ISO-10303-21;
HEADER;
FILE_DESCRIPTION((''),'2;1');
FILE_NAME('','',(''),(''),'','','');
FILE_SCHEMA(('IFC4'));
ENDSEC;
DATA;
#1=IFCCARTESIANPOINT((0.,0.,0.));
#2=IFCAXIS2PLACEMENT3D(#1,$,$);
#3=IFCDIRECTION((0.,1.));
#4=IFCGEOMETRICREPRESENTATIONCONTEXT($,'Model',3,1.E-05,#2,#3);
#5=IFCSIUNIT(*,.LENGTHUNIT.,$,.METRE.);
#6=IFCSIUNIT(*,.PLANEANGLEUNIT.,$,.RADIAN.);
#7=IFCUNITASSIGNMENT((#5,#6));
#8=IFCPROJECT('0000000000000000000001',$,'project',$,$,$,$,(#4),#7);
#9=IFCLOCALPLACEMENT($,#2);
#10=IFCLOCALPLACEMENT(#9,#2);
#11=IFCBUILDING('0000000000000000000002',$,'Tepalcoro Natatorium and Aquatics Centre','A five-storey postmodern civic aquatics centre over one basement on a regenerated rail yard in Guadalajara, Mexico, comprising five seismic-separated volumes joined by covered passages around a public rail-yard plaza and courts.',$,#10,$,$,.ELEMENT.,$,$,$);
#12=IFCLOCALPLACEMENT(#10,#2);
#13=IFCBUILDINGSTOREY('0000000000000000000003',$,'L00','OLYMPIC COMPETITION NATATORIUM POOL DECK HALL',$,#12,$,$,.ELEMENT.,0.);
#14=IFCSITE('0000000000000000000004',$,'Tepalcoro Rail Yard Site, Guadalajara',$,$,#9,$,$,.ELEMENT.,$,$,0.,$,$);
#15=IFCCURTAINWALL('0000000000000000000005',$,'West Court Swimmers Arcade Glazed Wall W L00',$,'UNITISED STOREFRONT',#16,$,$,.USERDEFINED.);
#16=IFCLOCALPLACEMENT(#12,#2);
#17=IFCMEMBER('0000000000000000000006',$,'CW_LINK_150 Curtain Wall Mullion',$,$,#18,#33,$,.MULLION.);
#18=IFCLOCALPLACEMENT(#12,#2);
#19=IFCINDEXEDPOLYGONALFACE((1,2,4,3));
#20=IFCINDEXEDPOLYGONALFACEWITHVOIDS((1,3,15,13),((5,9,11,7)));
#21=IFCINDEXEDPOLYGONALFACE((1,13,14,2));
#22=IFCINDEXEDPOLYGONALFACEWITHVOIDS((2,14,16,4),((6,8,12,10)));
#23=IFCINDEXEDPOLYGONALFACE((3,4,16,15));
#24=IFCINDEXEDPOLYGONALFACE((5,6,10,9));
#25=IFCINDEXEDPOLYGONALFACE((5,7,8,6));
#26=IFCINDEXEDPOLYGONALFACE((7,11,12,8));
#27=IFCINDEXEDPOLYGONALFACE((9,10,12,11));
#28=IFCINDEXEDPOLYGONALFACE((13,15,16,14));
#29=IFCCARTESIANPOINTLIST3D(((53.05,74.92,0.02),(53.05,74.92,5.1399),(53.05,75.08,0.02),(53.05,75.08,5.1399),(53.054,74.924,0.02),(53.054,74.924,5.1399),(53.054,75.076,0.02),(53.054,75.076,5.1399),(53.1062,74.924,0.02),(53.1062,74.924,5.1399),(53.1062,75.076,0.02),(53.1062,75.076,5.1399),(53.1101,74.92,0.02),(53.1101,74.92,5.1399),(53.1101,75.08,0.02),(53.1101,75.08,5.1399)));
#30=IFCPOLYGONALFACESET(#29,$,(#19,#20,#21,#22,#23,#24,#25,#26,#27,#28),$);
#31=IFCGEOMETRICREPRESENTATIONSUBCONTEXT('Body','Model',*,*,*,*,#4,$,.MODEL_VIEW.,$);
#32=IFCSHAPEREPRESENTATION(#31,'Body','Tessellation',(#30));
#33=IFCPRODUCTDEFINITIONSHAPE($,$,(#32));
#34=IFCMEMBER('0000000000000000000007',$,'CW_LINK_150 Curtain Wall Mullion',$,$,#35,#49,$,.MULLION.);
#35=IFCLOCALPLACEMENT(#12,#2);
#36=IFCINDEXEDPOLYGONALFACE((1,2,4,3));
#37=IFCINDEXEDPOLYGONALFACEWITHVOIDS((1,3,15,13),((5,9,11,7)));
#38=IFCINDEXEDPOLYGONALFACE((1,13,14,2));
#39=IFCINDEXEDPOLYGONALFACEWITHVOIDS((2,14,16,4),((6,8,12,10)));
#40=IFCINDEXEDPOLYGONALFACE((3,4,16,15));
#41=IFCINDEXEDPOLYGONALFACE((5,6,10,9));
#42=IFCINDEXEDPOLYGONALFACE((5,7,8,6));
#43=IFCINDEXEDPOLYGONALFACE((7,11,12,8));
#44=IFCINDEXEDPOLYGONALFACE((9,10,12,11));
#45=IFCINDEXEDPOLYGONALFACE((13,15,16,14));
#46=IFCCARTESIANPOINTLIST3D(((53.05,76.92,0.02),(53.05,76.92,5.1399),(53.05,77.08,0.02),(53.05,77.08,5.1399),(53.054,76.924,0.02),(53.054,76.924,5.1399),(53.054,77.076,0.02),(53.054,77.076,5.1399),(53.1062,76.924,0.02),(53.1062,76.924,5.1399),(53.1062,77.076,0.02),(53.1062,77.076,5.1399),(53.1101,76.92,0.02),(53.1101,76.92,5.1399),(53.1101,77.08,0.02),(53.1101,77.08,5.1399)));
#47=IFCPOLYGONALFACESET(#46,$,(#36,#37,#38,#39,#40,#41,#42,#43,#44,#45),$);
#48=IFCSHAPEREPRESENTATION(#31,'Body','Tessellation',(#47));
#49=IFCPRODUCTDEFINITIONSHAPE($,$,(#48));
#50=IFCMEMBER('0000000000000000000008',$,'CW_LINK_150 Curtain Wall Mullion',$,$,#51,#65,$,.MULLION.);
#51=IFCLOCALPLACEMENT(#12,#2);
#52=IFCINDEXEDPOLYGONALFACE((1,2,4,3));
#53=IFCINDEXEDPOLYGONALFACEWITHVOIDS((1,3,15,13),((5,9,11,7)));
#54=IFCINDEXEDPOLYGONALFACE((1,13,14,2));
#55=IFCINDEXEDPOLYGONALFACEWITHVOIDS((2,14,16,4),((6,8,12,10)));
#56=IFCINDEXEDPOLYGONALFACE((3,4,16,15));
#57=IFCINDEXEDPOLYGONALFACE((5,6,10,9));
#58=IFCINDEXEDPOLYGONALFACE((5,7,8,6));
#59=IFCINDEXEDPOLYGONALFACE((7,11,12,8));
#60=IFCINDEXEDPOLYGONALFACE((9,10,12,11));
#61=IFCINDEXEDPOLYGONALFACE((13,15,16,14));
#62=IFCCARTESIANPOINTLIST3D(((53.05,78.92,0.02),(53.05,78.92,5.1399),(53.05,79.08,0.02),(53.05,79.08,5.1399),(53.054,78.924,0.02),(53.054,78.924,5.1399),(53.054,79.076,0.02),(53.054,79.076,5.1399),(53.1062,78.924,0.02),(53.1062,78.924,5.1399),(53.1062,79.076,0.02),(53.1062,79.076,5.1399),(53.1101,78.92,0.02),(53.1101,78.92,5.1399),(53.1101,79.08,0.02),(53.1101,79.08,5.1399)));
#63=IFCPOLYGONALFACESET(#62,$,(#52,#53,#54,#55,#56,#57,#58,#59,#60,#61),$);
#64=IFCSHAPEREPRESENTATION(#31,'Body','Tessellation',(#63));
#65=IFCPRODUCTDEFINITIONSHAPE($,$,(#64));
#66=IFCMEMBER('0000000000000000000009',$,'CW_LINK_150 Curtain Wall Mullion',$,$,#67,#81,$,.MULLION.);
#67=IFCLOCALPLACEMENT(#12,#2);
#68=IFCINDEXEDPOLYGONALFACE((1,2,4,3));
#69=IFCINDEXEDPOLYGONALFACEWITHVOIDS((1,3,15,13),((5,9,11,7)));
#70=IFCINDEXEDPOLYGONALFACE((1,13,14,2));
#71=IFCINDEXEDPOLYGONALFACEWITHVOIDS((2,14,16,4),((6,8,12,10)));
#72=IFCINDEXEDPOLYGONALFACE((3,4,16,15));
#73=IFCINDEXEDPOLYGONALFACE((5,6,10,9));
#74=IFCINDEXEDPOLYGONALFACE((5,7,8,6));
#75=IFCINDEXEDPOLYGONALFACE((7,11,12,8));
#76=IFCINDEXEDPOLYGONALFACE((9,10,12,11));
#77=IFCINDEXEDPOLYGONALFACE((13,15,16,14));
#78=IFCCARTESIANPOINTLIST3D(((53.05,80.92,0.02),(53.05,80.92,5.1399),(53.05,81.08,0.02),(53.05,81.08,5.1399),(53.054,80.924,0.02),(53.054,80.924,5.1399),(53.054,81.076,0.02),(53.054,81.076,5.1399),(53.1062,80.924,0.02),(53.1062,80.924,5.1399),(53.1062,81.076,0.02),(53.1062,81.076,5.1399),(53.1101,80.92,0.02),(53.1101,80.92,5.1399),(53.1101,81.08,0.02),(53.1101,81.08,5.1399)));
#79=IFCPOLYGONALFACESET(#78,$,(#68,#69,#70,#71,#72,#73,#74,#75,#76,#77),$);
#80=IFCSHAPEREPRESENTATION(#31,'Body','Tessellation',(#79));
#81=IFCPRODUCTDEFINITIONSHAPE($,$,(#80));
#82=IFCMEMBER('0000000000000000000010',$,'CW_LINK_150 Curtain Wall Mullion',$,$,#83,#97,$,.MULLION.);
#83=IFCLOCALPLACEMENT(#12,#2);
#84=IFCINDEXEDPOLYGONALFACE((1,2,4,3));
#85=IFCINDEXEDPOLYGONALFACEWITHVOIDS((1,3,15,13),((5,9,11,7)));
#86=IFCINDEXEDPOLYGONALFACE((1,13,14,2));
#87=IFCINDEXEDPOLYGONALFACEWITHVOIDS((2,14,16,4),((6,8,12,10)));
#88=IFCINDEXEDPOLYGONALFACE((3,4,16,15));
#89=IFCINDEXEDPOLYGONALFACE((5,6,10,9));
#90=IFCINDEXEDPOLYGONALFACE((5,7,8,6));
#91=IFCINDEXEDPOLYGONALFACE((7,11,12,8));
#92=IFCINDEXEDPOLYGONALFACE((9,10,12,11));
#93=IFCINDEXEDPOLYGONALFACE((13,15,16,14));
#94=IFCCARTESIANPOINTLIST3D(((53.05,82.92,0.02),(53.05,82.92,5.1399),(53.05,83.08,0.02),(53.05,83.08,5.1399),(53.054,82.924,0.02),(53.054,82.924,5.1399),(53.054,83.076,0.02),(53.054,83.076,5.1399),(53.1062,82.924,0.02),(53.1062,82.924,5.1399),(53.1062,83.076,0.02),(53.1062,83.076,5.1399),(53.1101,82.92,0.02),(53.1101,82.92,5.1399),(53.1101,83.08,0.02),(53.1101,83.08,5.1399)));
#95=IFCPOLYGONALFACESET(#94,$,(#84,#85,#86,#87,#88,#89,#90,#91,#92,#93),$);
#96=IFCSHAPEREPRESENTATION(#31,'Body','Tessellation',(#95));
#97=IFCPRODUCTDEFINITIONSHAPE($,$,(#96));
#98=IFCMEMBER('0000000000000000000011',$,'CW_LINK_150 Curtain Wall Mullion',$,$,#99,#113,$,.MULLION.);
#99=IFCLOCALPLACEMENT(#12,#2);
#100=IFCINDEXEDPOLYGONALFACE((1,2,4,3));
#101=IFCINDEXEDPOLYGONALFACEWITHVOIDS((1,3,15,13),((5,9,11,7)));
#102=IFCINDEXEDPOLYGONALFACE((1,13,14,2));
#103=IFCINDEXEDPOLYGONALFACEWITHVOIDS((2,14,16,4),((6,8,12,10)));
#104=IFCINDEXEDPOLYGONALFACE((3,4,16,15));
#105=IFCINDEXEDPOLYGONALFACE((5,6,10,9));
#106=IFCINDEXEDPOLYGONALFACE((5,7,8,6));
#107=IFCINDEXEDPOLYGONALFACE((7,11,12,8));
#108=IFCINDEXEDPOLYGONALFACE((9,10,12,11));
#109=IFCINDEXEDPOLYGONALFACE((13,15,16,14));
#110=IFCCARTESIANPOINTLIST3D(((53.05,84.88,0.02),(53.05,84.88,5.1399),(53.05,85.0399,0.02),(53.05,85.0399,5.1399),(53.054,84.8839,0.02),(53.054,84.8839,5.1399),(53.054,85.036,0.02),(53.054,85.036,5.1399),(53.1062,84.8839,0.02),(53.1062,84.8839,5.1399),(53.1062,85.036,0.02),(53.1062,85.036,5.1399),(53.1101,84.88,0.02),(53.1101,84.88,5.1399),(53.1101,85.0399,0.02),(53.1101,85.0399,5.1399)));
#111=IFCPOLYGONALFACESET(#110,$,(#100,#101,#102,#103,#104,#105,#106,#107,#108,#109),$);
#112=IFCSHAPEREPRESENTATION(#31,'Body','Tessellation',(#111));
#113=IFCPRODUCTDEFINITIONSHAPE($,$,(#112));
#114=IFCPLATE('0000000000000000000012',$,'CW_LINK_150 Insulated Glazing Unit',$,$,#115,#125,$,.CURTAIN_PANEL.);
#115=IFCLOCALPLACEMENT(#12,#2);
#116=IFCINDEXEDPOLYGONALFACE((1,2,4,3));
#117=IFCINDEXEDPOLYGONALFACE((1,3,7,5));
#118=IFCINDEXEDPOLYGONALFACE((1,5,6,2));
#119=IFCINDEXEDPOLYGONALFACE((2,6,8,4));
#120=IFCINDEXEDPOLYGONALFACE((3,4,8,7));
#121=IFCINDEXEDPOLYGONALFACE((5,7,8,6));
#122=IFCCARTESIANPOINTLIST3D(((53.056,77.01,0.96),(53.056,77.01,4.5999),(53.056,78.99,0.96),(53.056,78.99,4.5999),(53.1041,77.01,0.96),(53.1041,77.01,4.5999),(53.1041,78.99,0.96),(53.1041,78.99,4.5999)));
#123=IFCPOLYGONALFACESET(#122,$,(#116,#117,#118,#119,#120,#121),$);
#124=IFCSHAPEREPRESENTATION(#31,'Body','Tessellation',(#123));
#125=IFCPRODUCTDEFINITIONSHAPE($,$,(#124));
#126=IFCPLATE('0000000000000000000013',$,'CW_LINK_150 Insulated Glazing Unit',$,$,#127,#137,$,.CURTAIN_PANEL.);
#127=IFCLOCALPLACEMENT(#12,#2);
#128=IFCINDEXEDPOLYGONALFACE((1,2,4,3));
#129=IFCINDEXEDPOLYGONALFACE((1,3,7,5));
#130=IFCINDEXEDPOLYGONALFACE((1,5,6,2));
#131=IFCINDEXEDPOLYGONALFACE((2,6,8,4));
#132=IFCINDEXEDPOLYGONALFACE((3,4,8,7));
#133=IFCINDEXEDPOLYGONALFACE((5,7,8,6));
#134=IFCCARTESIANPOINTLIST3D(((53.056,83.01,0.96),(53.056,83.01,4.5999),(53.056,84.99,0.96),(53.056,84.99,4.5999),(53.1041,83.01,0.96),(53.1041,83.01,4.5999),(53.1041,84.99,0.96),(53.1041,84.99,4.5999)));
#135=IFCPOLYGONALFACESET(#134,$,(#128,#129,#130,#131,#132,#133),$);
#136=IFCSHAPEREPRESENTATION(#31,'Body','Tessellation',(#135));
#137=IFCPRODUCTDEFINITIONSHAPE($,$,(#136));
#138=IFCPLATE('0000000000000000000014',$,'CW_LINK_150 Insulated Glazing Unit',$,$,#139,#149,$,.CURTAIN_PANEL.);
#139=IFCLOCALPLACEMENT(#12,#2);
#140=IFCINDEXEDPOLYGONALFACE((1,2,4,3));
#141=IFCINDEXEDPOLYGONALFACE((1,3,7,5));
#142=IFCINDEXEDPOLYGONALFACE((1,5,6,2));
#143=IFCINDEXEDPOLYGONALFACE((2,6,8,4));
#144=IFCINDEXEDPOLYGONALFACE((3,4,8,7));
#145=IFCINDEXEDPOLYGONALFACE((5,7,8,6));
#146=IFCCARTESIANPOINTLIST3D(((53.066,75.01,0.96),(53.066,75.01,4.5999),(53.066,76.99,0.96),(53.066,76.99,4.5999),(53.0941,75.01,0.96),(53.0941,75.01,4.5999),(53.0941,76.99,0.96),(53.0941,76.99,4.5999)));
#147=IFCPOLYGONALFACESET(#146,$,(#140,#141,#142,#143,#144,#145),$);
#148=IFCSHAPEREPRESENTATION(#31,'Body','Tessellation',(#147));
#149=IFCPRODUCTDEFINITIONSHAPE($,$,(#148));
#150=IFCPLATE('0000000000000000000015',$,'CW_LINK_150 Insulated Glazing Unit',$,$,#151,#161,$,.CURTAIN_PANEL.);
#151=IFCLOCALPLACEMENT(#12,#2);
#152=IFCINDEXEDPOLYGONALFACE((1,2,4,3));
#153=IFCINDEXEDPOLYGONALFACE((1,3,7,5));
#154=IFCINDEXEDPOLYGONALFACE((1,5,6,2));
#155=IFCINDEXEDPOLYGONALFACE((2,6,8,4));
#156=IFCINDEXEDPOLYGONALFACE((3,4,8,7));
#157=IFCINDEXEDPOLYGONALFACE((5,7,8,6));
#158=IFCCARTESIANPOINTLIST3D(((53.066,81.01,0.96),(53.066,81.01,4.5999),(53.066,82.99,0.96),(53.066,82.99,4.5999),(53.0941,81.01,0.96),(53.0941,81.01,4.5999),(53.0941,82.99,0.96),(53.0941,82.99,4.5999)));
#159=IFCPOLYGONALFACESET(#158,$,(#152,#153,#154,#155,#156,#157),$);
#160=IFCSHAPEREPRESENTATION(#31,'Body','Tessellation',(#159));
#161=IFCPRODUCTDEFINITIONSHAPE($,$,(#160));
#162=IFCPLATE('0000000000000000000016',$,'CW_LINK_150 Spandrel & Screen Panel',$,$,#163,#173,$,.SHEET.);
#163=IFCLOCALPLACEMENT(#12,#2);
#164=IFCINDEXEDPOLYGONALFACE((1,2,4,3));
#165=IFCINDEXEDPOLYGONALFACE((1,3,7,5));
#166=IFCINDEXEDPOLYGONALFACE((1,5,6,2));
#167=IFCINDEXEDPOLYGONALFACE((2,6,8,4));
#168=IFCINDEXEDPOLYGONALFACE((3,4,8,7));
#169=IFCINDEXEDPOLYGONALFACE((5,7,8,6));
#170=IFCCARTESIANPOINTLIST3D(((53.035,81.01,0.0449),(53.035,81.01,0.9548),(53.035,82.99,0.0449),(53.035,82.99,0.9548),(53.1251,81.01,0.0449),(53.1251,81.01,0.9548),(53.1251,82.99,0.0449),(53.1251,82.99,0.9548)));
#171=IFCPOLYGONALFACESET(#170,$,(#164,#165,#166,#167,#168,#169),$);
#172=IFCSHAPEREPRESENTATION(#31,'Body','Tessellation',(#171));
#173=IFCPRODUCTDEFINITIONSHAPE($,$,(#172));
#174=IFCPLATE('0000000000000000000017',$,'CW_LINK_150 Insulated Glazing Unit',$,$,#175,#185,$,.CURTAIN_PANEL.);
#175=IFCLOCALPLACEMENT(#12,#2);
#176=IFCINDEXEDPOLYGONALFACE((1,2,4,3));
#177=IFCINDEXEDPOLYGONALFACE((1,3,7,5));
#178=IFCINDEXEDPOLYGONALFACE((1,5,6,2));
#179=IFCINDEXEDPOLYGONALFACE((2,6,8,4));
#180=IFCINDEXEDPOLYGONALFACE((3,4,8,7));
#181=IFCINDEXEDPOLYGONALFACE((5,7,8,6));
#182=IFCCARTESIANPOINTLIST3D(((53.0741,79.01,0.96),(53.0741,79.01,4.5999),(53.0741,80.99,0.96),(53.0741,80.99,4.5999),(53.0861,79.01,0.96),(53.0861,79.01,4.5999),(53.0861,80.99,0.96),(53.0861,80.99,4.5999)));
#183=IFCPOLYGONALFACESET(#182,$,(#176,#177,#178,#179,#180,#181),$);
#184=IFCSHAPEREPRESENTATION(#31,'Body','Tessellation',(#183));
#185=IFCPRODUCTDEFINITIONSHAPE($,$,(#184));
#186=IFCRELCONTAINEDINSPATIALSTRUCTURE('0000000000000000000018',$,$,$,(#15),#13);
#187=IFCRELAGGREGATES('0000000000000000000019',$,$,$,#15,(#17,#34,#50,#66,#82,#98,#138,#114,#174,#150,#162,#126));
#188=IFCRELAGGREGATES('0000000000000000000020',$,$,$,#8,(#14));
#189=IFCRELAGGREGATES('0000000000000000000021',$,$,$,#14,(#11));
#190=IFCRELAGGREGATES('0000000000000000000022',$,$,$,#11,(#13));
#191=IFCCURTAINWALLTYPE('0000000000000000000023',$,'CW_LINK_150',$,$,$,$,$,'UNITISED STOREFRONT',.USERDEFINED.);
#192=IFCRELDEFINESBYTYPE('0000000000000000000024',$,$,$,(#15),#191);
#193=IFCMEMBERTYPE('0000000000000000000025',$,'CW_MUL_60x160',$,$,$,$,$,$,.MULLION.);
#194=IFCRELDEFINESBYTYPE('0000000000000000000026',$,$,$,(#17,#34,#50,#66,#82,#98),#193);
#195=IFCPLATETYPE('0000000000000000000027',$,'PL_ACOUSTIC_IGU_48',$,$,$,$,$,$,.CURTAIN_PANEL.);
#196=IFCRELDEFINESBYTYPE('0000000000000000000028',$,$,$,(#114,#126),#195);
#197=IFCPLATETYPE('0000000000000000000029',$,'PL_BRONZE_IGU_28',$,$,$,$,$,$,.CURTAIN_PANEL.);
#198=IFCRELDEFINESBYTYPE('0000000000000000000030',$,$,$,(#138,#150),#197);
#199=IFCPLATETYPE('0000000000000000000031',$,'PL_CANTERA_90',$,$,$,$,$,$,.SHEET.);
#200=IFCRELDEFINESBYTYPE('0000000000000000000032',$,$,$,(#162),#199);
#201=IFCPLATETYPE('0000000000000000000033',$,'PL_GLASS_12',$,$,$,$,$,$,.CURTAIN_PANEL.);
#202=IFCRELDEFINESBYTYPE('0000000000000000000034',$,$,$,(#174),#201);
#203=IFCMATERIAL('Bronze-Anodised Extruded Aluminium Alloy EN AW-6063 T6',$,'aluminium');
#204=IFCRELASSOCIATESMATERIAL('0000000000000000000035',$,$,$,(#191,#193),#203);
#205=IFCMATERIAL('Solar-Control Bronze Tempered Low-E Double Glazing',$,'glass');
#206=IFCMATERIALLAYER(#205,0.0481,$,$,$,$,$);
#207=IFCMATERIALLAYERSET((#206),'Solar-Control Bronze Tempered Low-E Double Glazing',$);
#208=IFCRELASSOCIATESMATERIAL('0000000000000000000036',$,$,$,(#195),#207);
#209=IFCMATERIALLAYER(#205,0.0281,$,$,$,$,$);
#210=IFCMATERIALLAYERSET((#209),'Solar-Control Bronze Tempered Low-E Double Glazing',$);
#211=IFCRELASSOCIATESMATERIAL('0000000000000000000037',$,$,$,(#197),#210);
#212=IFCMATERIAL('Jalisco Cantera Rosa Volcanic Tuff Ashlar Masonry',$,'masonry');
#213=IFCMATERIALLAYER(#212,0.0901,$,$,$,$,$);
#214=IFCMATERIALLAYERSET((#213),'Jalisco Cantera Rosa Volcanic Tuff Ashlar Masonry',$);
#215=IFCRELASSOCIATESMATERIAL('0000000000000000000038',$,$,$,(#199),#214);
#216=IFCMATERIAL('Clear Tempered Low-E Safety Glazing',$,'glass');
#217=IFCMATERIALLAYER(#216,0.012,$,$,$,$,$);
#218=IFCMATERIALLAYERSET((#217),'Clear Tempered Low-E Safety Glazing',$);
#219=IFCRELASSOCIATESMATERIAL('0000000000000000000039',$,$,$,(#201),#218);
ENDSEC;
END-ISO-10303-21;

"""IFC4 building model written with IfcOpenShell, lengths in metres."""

from ifc_helpers import new_model, si_unit, direction, frame, origin, origin_2d, place, context, subcontext, project, spatial, rectangle, hollow_rectangle, extrude, material, layer, layer_set, material_profile, profile_set, type_object, element, aggregate, save


model = new_model("IFC4")

# Units and contexts
model_context = context("Model", 3, precision=1e-05, world=origin(), true_north=direction((0.0, 1.0)))
body_context = subcontext(model_context, "Body", "Model", "MODEL_VIEW")
ifc_project = project(units=[si_unit("LENGTHUNIT", "METRE"), si_unit("PLANEANGLEUNIT", "RADIAN")], contexts=[model_context])

# Site, building, storey
site_placement = place(None, origin())
site = spatial("IfcSite", under=ifc_project, at=site_placement, Name="Tepalcoro Rail Yard Site, Guadalajara", CompositionType="ELEMENT", RefElevation=0.0)
building_placement = place(site_placement, origin())
building = spatial("IfcBuilding", under=site, at=building_placement, Name="Tepalcoro Natatorium and Aquatics Centre", Description="A five-storey postmodern civic aquatics centre over one basement on a regenerated rail yard in Guadalajara, Mexico, comprising five seismic-separated volumes joined by covered passages around a public rail-yard plaza and courts.", CompositionType="ELEMENT")
storey_placement = place(building_placement, origin())
storey = spatial("IfcBuildingStorey", under=building, at=storey_placement, Name="L00", Description="OLYMPIC COMPETITION NATATORIUM POOL DECK HALL", CompositionType="ELEMENT", Elevation=0.0)

# Curtain wall, members, plates
ifc_material_1 = material(Name="Bronze-Anodised Extruded Aluminium Alloy EN AW-6063 T6", Category="aluminium")
curtain_wall_type = type_object("IfcCurtainWallType", Name="CW_LINK_150", ElementType="UNITISED STOREFRONT", PredefinedType="USERDEFINED", material=ifc_material_1)
curtain_wall_placement = place(storey_placement, origin())
curtain_wall = element("IfcCurtainWall", 1, at=curtain_wall_placement, inside=storey, type_object=curtain_wall_type, Name="West Court Swimmers Arcade Glazed Wall W L00", ObjectType="UNITISED STOREFRONT", PredefinedType="USERDEFINED")
ifc_material_profile_1 = material_profile(ifc_material_1, hollow_rectangle(XDim=0.0601, YDim=0.1599, WallThickness=0.0039, at=origin_2d()), Name="AL60X160X4")
ifc_profile_set_1 = profile_set([ifc_material_profile_1], Name="Bronze-Anodised Extruded Aluminium Alloy EN AW-6063 T6")
member_type = type_object("IfcMemberType", Name="CW_MUL_60x160", PredefinedType="MULLION", material=ifc_profile_set_1)
member_1_placement = place(storey_placement, frame((53.0801, 75.0, 0.02), z_axis=(0.0, 0.0, 1.0), x_axis=(1.0, 0.0, 0.0)))
member_1 = element("IfcMember", 2, at=member_1_placement, type_object=member_type, Name="CW_LINK_150 Curtain Wall Mullion", PredefinedType="MULLION", context=body_context, shape_type="SweptSolid", body=[
    extrude(hollow_rectangle(XDim=0.0601, YDim=0.1599, WallThickness=0.0039, at=origin_2d()), origin(), (0.0, 0.0, 1.0), 5.1199),
])
member_2_placement = place(storey_placement, frame((53.0801, 77.0, 0.02), z_axis=(0.0, 0.0, 1.0), x_axis=(1.0, 0.0, 0.0)))
member_2 = element("IfcMember", 3, at=member_2_placement, type_object=member_type, Name="CW_LINK_150 Curtain Wall Mullion", PredefinedType="MULLION", context=body_context, shape_type="SweptSolid", body=[
    extrude(hollow_rectangle(XDim=0.0601, YDim=0.1599, WallThickness=0.0039, at=origin_2d()), origin(), (0.0, 0.0, 1.0), 5.1199),
])
member_3_placement = place(storey_placement, frame((53.0801, 79.0, 0.02), z_axis=(0.0, 0.0, 1.0), x_axis=(1.0, 0.0, 0.0)))
member_3 = element("IfcMember", 4, at=member_3_placement, type_object=member_type, Name="CW_LINK_150 Curtain Wall Mullion", PredefinedType="MULLION", context=body_context, shape_type="SweptSolid", body=[
    extrude(hollow_rectangle(XDim=0.0601, YDim=0.1599, WallThickness=0.0039, at=origin_2d()), origin(), (0.0, 0.0, 1.0), 5.1199),
])
member_4_placement = place(storey_placement, frame((53.0801, 81.0, 0.02), z_axis=(0.0, 0.0, 1.0), x_axis=(1.0, 0.0, 0.0)))
member_4 = element("IfcMember", 5, at=member_4_placement, type_object=member_type, Name="CW_LINK_150 Curtain Wall Mullion", PredefinedType="MULLION", context=body_context, shape_type="SweptSolid", body=[
    extrude(hollow_rectangle(XDim=0.0601, YDim=0.1599, WallThickness=0.0039, at=origin_2d()), origin(), (0.0, 0.0, 1.0), 5.1199),
])
member_5_placement = place(storey_placement, frame((53.0801, 83.0, 0.02), z_axis=(0.0, 0.0, 1.0), x_axis=(1.0, 0.0, 0.0)))
member_5 = element("IfcMember", 6, at=member_5_placement, type_object=member_type, Name="CW_LINK_150 Curtain Wall Mullion", PredefinedType="MULLION", context=body_context, shape_type="SweptSolid", body=[
    extrude(hollow_rectangle(XDim=0.0601, YDim=0.1599, WallThickness=0.0039, at=origin_2d()), origin(), (0.0, 0.0, 1.0), 5.1199),
])
member_6_placement = place(storey_placement, frame((53.0801, 84.96, 0.02), z_axis=(0.0, 0.0, 1.0), x_axis=(1.0, 0.0, 0.0)))
member_6 = element("IfcMember", 7, at=member_6_placement, type_object=member_type, Name="CW_LINK_150 Curtain Wall Mullion", PredefinedType="MULLION", context=body_context, shape_type="SweptSolid", body=[
    extrude(hollow_rectangle(XDim=0.0601, YDim=0.1599, WallThickness=0.0039, at=origin_2d()), origin(), (0.0, 0.0, 1.0), 5.1199),
])
ifc_material_2 = material(Name="Solar-Control Bronze Tempered Low-E Double Glazing", Category="glass")
ifc_layer_1 = layer(ifc_material_2, 0.0481)
ifc_layer_set_1 = layer_set([ifc_layer_1], Name="Solar-Control Bronze Tempered Low-E Double Glazing")
plate_type_1 = type_object("IfcPlateType", Name="PL_ACOUSTIC_IGU_48", PredefinedType="CURTAIN_PANEL", material=ifc_layer_set_1)
plate_1_placement = place(storey_placement, frame((53.0801, 78.0, 0.96), z_axis=(0.0, 0.0, 1.0), x_axis=(1.0, 0.0, 0.0)))
plate_1 = element("IfcPlate", 8, at=plate_1_placement, type_object=plate_type_1, Name="CW_LINK_150 Insulated Glazing Unit", PredefinedType="CURTAIN_PANEL", context=body_context, shape_type="SweptSolid", body=[
    extrude(rectangle(XDim=0.0481, YDim=1.98, at=origin_2d()), origin(), (0.0, 0.0, 1.0), 3.6399),
])
plate_2_placement = place(storey_placement, frame((53.0801, 84.0, 0.96), z_axis=(0.0, 0.0, 1.0), x_axis=(1.0, 0.0, 0.0)))
plate_2 = element("IfcPlate", 9, at=plate_2_placement, type_object=plate_type_1, Name="CW_LINK_150 Insulated Glazing Unit", PredefinedType="CURTAIN_PANEL", context=body_context, shape_type="SweptSolid", body=[
    extrude(rectangle(XDim=0.0481, YDim=1.98, at=origin_2d()), origin(), (0.0, 0.0, 1.0), 3.6399),
])
ifc_layer_2 = layer(ifc_material_2, 0.0281)
ifc_layer_set_2 = layer_set([ifc_layer_2], Name="Solar-Control Bronze Tempered Low-E Double Glazing")
plate_type_2 = type_object("IfcPlateType", Name="PL_BRONZE_IGU_28", PredefinedType="CURTAIN_PANEL", material=ifc_layer_set_2)
plate_3_placement = place(storey_placement, frame((53.0801, 76.0, 0.96), z_axis=(0.0, 0.0, 1.0), x_axis=(1.0, 0.0, 0.0)))
plate_3 = element("IfcPlate", 10, at=plate_3_placement, type_object=plate_type_2, Name="CW_LINK_150 Insulated Glazing Unit", PredefinedType="CURTAIN_PANEL", context=body_context, shape_type="SweptSolid", body=[
    extrude(rectangle(XDim=0.0281, YDim=1.98, at=origin_2d()), origin(), (0.0, 0.0, 1.0), 3.6399),
])
plate_4_placement = place(storey_placement, frame((53.0801, 82.0, 0.96), z_axis=(0.0, 0.0, 1.0), x_axis=(1.0, 0.0, 0.0)))
plate_4 = element("IfcPlate", 11, at=plate_4_placement, type_object=plate_type_2, Name="CW_LINK_150 Insulated Glazing Unit", PredefinedType="CURTAIN_PANEL", context=body_context, shape_type="SweptSolid", body=[
    extrude(rectangle(XDim=0.0281, YDim=1.98, at=origin_2d()), origin(), (0.0, 0.0, 1.0), 3.6399),
])
ifc_material_3 = material(Name="Jalisco Cantera Rosa Volcanic Tuff Ashlar Masonry", Category="masonry")
ifc_layer_3 = layer(ifc_material_3, 0.0901)
ifc_layer_set_3 = layer_set([ifc_layer_3], Name="Jalisco Cantera Rosa Volcanic Tuff Ashlar Masonry")
plate_type_3 = type_object("IfcPlateType", Name="PL_CANTERA_90", PredefinedType="SHEET", material=ifc_layer_set_3)
plate_5_placement = place(storey_placement, frame((53.0801, 82.0, 0.0449), z_axis=(0.0, 0.0, 1.0), x_axis=(1.0, 0.0, 0.0)))
plate_5 = element("IfcPlate", 12, at=plate_5_placement, type_object=plate_type_3, Name="CW_LINK_150 Spandrel & Screen Panel", PredefinedType="SHEET", context=body_context, shape_type="SweptSolid", body=[
    extrude(rectangle(XDim=0.0901, YDim=1.98, at=origin_2d()), origin(), (0.0, 0.0, 1.0), 0.9099),
])
ifc_material_4 = material(Name="Clear Tempered Low-E Safety Glazing", Category="glass")
ifc_layer_4 = layer(ifc_material_4, 0.012)
ifc_layer_set_4 = layer_set([ifc_layer_4], Name="Clear Tempered Low-E Safety Glazing")
plate_type_4 = type_object("IfcPlateType", Name="PL_GLASS_12", PredefinedType="CURTAIN_PANEL", material=ifc_layer_set_4)
plate_6_placement = place(storey_placement, frame((53.0801, 80.0, 0.96), z_axis=(0.0, 0.0, 1.0), x_axis=(1.0, 0.0, 0.0)))
plate_6 = element("IfcPlate", 13, at=plate_6_placement, type_object=plate_type_4, Name="CW_LINK_150 Insulated Glazing Unit", PredefinedType="CURTAIN_PANEL", context=body_context, shape_type="SweptSolid", body=[
    extrude(rectangle(XDim=0.012, YDim=1.98, at=origin_2d()), origin(), (0.0, 0.0, 1.0), 3.6399),
])
aggregate(curtain_wall, [member_1, member_2, member_3, member_4, member_5, member_6, plate_3, plate_1, plate_6, plate_4, plate_5, plate_2])

save(model, "model.ifc")
